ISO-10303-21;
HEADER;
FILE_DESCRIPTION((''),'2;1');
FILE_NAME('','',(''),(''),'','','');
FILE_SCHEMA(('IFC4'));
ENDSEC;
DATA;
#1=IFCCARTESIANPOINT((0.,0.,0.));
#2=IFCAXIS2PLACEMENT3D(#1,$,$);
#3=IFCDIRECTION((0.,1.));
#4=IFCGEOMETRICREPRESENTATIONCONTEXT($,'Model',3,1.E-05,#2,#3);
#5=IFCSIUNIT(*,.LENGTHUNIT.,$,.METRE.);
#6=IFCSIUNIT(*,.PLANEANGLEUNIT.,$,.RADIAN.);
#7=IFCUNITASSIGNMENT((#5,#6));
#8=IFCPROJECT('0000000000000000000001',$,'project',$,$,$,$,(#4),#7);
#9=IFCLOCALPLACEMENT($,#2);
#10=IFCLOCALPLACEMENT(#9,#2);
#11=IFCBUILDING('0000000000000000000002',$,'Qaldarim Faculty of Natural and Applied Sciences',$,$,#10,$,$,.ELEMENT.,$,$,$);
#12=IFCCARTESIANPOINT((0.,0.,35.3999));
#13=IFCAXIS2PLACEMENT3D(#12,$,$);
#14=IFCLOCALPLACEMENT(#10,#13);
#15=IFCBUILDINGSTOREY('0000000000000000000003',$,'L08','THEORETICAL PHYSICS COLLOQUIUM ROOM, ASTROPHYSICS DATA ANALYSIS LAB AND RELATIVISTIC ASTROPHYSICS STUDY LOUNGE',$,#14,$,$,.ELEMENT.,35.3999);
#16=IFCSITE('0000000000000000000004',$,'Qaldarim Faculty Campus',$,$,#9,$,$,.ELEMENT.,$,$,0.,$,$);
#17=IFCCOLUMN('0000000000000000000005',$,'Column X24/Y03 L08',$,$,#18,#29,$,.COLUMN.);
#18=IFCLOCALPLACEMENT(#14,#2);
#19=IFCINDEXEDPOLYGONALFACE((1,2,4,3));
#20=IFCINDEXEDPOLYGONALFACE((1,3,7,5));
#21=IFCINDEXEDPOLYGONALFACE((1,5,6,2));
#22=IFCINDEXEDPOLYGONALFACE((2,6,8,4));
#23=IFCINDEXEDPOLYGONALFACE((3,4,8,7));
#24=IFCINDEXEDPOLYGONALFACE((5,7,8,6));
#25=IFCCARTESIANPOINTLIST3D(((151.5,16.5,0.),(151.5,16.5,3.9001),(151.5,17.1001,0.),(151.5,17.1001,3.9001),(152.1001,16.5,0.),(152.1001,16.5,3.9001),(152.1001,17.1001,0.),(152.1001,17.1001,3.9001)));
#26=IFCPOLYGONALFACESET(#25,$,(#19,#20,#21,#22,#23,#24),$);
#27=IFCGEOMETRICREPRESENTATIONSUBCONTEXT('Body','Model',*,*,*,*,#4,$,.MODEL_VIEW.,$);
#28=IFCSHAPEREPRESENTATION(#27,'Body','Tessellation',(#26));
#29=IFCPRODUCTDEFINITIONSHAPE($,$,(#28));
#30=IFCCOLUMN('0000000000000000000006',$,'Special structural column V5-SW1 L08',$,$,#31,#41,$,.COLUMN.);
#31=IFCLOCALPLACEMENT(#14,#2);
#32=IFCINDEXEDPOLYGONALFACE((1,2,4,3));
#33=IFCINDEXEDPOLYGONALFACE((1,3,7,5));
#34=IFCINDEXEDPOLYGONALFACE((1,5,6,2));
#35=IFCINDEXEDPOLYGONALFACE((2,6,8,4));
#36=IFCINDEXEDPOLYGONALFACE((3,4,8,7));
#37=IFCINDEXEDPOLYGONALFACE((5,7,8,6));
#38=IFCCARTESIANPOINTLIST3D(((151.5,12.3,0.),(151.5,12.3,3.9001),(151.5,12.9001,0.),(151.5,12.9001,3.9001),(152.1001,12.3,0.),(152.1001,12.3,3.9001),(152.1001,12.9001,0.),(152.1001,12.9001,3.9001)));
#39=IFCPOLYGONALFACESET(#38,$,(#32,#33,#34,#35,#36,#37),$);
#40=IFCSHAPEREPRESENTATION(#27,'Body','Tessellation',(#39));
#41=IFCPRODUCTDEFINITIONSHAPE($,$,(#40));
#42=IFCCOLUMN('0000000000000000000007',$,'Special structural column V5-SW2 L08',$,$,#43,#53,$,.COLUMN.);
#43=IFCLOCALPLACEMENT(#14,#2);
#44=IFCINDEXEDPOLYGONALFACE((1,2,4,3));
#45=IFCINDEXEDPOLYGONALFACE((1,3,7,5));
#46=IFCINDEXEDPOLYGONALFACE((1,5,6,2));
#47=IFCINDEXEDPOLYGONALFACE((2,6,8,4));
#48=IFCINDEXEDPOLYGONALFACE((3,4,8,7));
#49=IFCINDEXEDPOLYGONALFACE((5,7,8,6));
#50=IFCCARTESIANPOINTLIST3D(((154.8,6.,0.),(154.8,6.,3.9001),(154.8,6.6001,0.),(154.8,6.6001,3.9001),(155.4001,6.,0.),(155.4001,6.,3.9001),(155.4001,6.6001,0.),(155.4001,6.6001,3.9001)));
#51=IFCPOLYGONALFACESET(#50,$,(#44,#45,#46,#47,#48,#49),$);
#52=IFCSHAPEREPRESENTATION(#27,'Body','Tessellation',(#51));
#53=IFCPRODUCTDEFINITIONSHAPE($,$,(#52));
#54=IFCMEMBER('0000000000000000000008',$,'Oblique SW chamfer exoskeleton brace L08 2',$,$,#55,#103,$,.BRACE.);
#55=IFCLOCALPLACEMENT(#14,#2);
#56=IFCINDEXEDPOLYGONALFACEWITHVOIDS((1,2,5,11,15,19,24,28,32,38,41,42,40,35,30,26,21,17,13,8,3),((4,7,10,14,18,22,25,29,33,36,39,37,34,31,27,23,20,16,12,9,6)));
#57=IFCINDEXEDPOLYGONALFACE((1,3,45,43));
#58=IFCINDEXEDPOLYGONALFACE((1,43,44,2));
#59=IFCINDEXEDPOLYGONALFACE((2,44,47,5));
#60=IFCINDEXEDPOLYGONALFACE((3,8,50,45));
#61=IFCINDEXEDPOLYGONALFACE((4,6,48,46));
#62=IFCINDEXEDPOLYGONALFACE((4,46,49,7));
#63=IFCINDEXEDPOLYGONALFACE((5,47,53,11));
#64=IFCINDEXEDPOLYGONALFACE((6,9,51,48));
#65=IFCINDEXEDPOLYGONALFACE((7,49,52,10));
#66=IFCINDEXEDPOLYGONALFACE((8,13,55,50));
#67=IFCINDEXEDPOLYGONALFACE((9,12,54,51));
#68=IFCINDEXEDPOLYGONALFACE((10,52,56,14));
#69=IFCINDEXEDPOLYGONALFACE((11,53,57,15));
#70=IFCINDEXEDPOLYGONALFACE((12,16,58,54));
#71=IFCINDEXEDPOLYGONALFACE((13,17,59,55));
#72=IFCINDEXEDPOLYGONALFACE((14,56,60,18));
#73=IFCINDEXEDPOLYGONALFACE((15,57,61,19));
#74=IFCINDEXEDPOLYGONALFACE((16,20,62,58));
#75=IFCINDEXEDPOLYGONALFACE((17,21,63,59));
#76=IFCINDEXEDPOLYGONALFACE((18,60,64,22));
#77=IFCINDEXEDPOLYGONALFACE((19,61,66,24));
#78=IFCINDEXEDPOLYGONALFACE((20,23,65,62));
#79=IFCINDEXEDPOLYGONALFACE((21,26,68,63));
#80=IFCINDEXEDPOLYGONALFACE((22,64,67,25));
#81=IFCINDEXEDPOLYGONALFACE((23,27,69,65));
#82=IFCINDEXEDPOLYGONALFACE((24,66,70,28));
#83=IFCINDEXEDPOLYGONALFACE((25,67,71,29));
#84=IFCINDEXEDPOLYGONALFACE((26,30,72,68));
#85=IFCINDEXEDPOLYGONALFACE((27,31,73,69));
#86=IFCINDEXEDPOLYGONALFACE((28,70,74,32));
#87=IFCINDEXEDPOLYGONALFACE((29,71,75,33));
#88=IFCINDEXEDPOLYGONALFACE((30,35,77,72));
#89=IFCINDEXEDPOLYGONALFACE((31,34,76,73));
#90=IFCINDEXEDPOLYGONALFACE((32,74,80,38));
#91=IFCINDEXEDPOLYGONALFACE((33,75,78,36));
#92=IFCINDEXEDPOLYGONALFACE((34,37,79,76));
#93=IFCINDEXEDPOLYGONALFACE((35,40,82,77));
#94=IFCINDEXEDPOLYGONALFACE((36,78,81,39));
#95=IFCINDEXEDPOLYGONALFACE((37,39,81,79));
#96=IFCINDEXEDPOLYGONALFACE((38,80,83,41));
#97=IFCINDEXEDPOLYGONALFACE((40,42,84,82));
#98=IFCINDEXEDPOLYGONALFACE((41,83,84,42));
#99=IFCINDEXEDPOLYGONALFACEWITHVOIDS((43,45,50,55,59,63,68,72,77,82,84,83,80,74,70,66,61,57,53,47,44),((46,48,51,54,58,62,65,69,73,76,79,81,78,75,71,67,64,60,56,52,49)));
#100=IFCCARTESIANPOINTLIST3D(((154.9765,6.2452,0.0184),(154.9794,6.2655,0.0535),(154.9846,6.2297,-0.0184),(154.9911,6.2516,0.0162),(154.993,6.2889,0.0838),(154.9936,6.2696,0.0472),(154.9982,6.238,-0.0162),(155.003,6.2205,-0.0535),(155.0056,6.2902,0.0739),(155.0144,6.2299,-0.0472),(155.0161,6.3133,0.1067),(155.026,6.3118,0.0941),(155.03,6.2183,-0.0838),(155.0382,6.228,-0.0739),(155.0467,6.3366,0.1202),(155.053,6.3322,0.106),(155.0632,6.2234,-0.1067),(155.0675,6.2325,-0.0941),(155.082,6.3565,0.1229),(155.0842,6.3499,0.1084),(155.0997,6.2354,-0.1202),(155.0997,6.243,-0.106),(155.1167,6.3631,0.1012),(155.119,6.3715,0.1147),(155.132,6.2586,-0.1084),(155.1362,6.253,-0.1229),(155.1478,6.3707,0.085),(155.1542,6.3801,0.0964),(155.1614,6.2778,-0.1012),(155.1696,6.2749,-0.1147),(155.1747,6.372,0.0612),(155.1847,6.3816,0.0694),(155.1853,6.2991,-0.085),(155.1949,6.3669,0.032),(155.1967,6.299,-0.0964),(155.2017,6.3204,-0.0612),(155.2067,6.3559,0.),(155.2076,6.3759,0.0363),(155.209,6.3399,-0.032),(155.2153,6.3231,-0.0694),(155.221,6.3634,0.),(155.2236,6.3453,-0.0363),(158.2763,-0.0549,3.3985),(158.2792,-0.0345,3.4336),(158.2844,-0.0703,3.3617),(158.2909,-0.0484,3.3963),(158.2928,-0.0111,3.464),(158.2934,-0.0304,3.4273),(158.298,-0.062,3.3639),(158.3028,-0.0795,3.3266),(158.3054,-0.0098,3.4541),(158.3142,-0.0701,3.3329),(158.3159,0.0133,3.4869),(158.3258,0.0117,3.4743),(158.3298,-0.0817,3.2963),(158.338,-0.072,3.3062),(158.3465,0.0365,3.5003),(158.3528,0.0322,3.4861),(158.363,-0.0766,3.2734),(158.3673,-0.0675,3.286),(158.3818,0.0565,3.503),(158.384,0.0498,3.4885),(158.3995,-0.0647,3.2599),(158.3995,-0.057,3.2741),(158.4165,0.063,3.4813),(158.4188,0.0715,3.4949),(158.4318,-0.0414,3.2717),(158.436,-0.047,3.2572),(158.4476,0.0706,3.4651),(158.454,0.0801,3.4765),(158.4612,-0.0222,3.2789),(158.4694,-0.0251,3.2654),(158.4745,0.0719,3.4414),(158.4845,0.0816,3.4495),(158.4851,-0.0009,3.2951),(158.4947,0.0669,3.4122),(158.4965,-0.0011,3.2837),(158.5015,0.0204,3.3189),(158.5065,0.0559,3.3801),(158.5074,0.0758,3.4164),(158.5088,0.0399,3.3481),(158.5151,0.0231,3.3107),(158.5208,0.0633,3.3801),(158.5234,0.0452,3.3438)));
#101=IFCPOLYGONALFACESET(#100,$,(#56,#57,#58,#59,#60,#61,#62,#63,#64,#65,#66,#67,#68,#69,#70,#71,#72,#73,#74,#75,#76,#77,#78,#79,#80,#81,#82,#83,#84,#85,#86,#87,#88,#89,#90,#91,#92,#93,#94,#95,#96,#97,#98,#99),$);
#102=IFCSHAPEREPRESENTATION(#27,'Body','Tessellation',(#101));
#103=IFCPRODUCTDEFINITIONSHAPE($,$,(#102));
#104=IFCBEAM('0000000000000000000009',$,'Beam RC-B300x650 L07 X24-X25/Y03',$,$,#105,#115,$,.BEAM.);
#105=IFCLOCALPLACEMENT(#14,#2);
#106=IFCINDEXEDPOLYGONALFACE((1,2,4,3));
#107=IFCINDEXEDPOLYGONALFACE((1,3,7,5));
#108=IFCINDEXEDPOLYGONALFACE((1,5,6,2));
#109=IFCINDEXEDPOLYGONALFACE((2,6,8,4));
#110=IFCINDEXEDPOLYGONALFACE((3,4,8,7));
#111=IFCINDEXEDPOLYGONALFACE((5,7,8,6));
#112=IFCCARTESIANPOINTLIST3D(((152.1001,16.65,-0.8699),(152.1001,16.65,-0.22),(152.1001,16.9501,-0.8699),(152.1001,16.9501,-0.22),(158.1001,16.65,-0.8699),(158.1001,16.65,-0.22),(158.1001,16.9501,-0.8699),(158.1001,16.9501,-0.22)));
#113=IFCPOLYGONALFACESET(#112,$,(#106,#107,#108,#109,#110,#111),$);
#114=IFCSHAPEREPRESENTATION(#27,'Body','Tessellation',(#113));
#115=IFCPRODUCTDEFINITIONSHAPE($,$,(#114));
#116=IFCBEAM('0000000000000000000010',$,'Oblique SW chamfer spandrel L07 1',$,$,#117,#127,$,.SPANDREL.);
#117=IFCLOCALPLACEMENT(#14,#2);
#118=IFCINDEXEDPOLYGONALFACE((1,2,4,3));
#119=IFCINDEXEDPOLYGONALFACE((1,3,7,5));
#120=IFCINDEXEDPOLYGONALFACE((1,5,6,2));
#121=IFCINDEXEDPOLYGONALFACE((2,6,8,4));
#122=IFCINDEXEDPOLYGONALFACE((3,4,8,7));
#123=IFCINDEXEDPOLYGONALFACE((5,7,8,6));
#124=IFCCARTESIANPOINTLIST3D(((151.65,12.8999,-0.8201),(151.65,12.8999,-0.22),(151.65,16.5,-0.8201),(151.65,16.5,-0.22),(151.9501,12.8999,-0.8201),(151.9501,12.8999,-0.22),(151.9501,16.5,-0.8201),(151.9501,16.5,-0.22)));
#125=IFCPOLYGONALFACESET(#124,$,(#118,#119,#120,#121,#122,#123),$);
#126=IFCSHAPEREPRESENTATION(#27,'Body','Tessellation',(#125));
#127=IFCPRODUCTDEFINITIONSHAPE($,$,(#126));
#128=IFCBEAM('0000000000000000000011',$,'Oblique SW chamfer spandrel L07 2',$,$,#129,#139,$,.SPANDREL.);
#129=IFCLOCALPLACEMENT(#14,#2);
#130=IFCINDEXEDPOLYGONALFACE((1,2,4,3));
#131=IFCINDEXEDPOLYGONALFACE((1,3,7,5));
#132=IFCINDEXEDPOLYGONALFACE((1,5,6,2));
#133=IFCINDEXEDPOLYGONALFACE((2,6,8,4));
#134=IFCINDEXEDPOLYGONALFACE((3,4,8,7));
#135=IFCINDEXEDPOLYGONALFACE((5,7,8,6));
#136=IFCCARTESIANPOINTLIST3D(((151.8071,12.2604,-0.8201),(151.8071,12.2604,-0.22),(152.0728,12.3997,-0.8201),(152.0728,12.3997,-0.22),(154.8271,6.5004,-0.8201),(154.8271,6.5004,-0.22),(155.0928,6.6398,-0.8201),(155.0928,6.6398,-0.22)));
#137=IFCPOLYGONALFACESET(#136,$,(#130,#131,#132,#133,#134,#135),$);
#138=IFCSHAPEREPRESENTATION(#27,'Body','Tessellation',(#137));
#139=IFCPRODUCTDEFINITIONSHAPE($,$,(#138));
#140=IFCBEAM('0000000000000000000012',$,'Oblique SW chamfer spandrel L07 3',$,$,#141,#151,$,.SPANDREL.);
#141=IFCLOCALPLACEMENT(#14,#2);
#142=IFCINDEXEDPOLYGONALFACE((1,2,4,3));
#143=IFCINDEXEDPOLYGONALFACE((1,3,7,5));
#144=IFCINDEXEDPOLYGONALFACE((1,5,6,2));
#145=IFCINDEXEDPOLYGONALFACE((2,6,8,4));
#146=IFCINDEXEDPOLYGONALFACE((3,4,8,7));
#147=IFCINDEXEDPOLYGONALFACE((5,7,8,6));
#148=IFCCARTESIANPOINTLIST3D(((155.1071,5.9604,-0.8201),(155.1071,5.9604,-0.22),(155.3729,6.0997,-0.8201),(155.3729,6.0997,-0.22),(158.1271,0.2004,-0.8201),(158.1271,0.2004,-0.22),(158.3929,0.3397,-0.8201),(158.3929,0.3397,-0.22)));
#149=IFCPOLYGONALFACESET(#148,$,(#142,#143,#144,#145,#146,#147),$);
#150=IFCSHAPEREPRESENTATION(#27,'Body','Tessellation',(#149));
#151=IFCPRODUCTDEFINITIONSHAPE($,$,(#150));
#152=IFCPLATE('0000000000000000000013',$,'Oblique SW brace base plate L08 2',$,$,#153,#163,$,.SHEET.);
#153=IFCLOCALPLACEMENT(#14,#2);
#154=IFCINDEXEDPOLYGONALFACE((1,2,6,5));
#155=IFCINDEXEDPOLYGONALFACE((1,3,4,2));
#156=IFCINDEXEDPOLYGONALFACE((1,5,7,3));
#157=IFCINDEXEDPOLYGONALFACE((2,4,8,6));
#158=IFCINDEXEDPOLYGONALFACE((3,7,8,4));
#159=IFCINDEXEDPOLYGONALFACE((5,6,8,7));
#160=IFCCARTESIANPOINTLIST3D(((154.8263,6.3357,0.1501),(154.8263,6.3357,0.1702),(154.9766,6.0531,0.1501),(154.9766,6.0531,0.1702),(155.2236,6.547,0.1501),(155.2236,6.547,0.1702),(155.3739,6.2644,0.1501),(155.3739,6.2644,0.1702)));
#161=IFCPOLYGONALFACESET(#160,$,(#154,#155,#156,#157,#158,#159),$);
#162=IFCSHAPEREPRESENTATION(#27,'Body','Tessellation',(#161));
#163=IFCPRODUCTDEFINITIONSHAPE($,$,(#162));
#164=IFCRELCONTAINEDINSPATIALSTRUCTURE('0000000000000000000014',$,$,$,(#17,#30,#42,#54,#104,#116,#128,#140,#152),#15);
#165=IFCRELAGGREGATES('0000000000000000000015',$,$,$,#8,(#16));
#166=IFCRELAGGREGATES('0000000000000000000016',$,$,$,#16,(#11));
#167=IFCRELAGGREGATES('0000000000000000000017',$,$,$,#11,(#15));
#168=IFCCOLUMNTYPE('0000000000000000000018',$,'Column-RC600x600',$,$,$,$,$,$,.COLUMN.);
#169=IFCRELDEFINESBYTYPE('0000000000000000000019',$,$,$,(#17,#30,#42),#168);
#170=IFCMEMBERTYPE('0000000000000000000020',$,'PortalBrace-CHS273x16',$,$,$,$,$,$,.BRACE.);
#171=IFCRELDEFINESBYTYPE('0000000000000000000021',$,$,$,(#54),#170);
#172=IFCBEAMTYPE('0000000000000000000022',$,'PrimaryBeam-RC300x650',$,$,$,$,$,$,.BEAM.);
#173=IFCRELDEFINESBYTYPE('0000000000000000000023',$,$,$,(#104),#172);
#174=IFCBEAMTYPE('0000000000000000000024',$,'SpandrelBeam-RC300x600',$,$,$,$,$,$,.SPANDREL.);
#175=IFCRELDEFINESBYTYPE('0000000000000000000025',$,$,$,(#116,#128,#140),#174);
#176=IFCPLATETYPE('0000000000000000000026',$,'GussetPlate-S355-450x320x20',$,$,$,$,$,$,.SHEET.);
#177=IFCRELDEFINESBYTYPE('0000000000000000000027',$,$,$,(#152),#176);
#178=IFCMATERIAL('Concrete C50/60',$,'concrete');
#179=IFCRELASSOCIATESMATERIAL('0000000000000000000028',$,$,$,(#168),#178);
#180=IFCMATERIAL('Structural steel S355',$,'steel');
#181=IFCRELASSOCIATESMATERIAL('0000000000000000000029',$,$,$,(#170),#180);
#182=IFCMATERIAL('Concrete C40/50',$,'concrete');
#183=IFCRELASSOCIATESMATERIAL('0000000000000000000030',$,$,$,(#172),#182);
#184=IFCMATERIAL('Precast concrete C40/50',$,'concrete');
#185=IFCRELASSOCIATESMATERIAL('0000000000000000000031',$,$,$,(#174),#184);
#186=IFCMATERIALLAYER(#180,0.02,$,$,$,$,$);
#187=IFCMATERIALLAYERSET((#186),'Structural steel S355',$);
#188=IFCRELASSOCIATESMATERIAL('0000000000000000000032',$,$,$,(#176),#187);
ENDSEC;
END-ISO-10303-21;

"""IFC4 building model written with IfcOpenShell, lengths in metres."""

from ifc_helpers import new_model, si_unit, direction, frame, origin, origin_2d, place, context, subcontext, project, spatial, rectangle, hollow_circle, extrude, material, layer, layer_set, material_profile, profile_set, type_object, element, save


model = new_model("IFC4")

# Units and contexts
model_context = context("Model", 3, precision=1e-05, world=origin(), true_north=direction((0.0, 1.0)))
body_context = subcontext(model_context, "Body", "Model", "MODEL_VIEW")
ifc_project = project(units=[si_unit("LENGTHUNIT", "METRE"), si_unit("PLANEANGLEUNIT", "RADIAN")], contexts=[model_context])

# Site, building, storey
site_placement = place(None, origin())
site = spatial("IfcSite", under=ifc_project, at=site_placement, Name="Qaldarim Faculty Campus", CompositionType="ELEMENT", RefElevation=0.0)
building_placement = place(site_placement, origin())
building = spatial("IfcBuilding", under=site, at=building_placement, Name="Qaldarim Faculty of Natural and Applied Sciences", CompositionType="ELEMENT")
storey_placement = place(building_placement, frame((0.0, 0.0, 35.3999)))
storey = spatial("IfcBuildingStorey", under=building, at=storey_placement, Name="L08", Description="THEORETICAL PHYSICS COLLOQUIUM ROOM, ASTROPHYSICS DATA ANALYSIS LAB AND RELATIVISTIC ASTROPHYSICS STUDY LOUNGE", CompositionType="ELEMENT", Elevation=35.3999)

# Columns
ifc_material_1 = material(Name="Concrete C50/60", Category="concrete")
ifc_material_profile_1 = material_profile(ifc_material_1, rectangle(XDim=0.6001, YDim=0.6001, at=origin_2d()), Name="RC-C600x600")
ifc_profile_set_1 = profile_set([ifc_material_profile_1], Name="Concrete C50/60")
column_type = type_object("IfcColumnType", Name="Column-RC600x600", PredefinedType="COLUMN", material=ifc_profile_set_1)
for number, where, z_axis, x_axis, name in (
    (1, (151.8, 16.8, 0.0), (0.0, 0.0, 1.0), (1.0, 0.0, 0.0), "Column X24/Y03 L08"),
    (2, (151.8, 12.6001, 0.0), (0.0, 0.0, 1.0), (1.0, 0.0, 0.0), "Special structural column V5-SW1 L08"),
    (3, (155.1001, 6.3, 0.0), (0.0, 0.0, 1.0), (1.0, 0.0, 0.0), "Special structural column V5-SW2 L08"),
):
    element("IfcColumn", number, at=place(storey_placement, frame(where, z_axis=z_axis, x_axis=x_axis)), inside=storey, type_object=column_type, Name=name, PredefinedType="COLUMN", context=body_context, shape_type="SweptSolid", body=[
        extrude(rectangle(XDim=0.6001, YDim=0.6001, at=origin_2d()), origin(), (0.0, 0.0, 1.0), 3.9001),
    ])

# Member
ifc_material_2 = material(Name="Structural steel S355", Category="steel")
ifc_material_profile_2 = material_profile(ifc_material_2, hollow_circle(Radius=0.1365, WallThickness=0.0161, at=origin_2d()), Name="CHS 273.0x16.0")
ifc_profile_set_2 = profile_set([ifc_material_profile_2], Name="Structural steel S355")
member_type = type_object("IfcMemberType", Name="PortalBrace-CHS273x16", PredefinedType="BRACE", material=ifc_profile_set_2)
member_placement = place(storey_placement, frame((155.1001, 6.3, 0.0), z_axis=(0.41906, -0.800077, 0.429261), x_axis=(0.885844, 0.463983, 0.0)))
element("IfcMember", 4, at=member_placement, inside=storey, type_object=member_type, Name="Oblique SW chamfer exoskeleton brace L08 2", PredefinedType="BRACE", context=body_context, shape_type="SweptSolid", body=[
    extrude(hollow_circle(Radius=0.1365, WallThickness=0.0161, at=origin_2d()), origin(), (0.0, 0.0, 1.0), 7.8743),
])

# Beams
ifc_material_3 = material(Name="Concrete C40/50", Category="concrete")
ifc_material_profile_3 = material_profile(ifc_material_3, rectangle(XDim=0.3, YDim=0.6499, at=origin_2d()), Name="RC-B300x650")
ifc_profile_set_3 = profile_set([ifc_material_profile_3], Name="Concrete C40/50")
beam_type_1 = type_object("IfcBeamType", Name="PrimaryBeam-RC300x650", PredefinedType="BEAM", material=ifc_profile_set_3)
beam_1_placement = place(storey_placement, frame((152.1001, 16.8, -0.5449), z_axis=(1.0, 0.0, 0.0), x_axis=(0.0, 1.0, 0.0)))
element("IfcBeam", 5, at=beam_1_placement, inside=storey, type_object=beam_type_1, Name="Beam RC-B300x650 L07 X24-X25/Y03", PredefinedType="BEAM", context=body_context, shape_type="SweptSolid", body=[
    extrude(rectangle(XDim=0.3, YDim=0.6499, at=origin_2d()), origin(), (0.0, 0.0, 1.0), 6.0),
])
ifc_material_4 = material(Name="Precast concrete C40/50", Category="concrete")
ifc_material_profile_4 = material_profile(ifc_material_4, rectangle(XDim=0.3, YDim=0.6001, at=origin_2d()), Name="RC-SP300x600")
ifc_profile_set_4 = profile_set([ifc_material_profile_4], Name="Precast concrete C40/50")
beam_type_2 = type_object("IfcBeamType", Name="SpandrelBeam-RC300x600", PredefinedType="SPANDREL", material=ifc_profile_set_4)
beam_2_placement = place(storey_placement, frame((151.8, 16.5, -0.52), z_axis=(0.0, -1.0, 0.0), x_axis=(1.0, 0.0, 0.0)))
element("IfcBeam", 6, at=beam_2_placement, inside=storey, type_object=beam_type_2, Name="Oblique SW chamfer spandrel L07 1", PredefinedType="SPANDREL", context=body_context, shape_type="SweptSolid", body=[
    extrude(rectangle(XDim=0.3, YDim=0.6001, at=origin_2d()), origin(), (0.0, 0.0, 1.0), 3.6001),
])
for number, where, z_axis, x_axis, name in (
    (7, (151.9399, 12.3301, -0.52), (0.464353, -0.88565, 0.0), (0.88565, 0.464353, 0.0), "Oblique SW chamfer spandrel L07 2"),
    (8, (155.24, 6.03, -0.52), (0.464353, -0.88565, 0.0), (0.88565, 0.464353, 0.0), "Oblique SW chamfer spandrel L07 3"),
):
    element("IfcBeam", number, at=place(storey_placement, frame(where, z_axis=z_axis, x_axis=x_axis)), inside=storey, type_object=beam_type_2, Name=name, PredefinedType="SPANDREL", context=body_context, shape_type="SweptSolid", body=[
        extrude(rectangle(XDim=0.3, YDim=0.6001, at=origin_2d()), origin(), (0.0, 0.0, 1.0), 6.5037),
    ])

# Plate
ifc_layer_1 = layer(ifc_material_2, 0.02)
ifc_layer_set_1 = layer_set([ifc_layer_1], Name="Structural steel S355")
plate_type = type_object("IfcPlateType", Name="GussetPlate-S355-450x320x20", PredefinedType="SHEET", material=ifc_layer_set_1)
plate_placement = place(storey_placement, frame((155.1001, 6.3, 0.1501), z_axis=(0.0, 0.0, 1.0), x_axis=(0.882948, 0.469472, 0.0)))
element("IfcPlate", 9, at=plate_placement, inside=storey, type_object=plate_type, Name="Oblique SW brace base plate L08 2", PredefinedType="SHEET", context=body_context, shape_type="SweptSolid", body=[
    extrude(rectangle(XDim=0.45, YDim=0.3201, at=origin_2d()), origin(), (0.0, 0.0, 1.0), 0.02),
])

save(model, "model.ifc")
